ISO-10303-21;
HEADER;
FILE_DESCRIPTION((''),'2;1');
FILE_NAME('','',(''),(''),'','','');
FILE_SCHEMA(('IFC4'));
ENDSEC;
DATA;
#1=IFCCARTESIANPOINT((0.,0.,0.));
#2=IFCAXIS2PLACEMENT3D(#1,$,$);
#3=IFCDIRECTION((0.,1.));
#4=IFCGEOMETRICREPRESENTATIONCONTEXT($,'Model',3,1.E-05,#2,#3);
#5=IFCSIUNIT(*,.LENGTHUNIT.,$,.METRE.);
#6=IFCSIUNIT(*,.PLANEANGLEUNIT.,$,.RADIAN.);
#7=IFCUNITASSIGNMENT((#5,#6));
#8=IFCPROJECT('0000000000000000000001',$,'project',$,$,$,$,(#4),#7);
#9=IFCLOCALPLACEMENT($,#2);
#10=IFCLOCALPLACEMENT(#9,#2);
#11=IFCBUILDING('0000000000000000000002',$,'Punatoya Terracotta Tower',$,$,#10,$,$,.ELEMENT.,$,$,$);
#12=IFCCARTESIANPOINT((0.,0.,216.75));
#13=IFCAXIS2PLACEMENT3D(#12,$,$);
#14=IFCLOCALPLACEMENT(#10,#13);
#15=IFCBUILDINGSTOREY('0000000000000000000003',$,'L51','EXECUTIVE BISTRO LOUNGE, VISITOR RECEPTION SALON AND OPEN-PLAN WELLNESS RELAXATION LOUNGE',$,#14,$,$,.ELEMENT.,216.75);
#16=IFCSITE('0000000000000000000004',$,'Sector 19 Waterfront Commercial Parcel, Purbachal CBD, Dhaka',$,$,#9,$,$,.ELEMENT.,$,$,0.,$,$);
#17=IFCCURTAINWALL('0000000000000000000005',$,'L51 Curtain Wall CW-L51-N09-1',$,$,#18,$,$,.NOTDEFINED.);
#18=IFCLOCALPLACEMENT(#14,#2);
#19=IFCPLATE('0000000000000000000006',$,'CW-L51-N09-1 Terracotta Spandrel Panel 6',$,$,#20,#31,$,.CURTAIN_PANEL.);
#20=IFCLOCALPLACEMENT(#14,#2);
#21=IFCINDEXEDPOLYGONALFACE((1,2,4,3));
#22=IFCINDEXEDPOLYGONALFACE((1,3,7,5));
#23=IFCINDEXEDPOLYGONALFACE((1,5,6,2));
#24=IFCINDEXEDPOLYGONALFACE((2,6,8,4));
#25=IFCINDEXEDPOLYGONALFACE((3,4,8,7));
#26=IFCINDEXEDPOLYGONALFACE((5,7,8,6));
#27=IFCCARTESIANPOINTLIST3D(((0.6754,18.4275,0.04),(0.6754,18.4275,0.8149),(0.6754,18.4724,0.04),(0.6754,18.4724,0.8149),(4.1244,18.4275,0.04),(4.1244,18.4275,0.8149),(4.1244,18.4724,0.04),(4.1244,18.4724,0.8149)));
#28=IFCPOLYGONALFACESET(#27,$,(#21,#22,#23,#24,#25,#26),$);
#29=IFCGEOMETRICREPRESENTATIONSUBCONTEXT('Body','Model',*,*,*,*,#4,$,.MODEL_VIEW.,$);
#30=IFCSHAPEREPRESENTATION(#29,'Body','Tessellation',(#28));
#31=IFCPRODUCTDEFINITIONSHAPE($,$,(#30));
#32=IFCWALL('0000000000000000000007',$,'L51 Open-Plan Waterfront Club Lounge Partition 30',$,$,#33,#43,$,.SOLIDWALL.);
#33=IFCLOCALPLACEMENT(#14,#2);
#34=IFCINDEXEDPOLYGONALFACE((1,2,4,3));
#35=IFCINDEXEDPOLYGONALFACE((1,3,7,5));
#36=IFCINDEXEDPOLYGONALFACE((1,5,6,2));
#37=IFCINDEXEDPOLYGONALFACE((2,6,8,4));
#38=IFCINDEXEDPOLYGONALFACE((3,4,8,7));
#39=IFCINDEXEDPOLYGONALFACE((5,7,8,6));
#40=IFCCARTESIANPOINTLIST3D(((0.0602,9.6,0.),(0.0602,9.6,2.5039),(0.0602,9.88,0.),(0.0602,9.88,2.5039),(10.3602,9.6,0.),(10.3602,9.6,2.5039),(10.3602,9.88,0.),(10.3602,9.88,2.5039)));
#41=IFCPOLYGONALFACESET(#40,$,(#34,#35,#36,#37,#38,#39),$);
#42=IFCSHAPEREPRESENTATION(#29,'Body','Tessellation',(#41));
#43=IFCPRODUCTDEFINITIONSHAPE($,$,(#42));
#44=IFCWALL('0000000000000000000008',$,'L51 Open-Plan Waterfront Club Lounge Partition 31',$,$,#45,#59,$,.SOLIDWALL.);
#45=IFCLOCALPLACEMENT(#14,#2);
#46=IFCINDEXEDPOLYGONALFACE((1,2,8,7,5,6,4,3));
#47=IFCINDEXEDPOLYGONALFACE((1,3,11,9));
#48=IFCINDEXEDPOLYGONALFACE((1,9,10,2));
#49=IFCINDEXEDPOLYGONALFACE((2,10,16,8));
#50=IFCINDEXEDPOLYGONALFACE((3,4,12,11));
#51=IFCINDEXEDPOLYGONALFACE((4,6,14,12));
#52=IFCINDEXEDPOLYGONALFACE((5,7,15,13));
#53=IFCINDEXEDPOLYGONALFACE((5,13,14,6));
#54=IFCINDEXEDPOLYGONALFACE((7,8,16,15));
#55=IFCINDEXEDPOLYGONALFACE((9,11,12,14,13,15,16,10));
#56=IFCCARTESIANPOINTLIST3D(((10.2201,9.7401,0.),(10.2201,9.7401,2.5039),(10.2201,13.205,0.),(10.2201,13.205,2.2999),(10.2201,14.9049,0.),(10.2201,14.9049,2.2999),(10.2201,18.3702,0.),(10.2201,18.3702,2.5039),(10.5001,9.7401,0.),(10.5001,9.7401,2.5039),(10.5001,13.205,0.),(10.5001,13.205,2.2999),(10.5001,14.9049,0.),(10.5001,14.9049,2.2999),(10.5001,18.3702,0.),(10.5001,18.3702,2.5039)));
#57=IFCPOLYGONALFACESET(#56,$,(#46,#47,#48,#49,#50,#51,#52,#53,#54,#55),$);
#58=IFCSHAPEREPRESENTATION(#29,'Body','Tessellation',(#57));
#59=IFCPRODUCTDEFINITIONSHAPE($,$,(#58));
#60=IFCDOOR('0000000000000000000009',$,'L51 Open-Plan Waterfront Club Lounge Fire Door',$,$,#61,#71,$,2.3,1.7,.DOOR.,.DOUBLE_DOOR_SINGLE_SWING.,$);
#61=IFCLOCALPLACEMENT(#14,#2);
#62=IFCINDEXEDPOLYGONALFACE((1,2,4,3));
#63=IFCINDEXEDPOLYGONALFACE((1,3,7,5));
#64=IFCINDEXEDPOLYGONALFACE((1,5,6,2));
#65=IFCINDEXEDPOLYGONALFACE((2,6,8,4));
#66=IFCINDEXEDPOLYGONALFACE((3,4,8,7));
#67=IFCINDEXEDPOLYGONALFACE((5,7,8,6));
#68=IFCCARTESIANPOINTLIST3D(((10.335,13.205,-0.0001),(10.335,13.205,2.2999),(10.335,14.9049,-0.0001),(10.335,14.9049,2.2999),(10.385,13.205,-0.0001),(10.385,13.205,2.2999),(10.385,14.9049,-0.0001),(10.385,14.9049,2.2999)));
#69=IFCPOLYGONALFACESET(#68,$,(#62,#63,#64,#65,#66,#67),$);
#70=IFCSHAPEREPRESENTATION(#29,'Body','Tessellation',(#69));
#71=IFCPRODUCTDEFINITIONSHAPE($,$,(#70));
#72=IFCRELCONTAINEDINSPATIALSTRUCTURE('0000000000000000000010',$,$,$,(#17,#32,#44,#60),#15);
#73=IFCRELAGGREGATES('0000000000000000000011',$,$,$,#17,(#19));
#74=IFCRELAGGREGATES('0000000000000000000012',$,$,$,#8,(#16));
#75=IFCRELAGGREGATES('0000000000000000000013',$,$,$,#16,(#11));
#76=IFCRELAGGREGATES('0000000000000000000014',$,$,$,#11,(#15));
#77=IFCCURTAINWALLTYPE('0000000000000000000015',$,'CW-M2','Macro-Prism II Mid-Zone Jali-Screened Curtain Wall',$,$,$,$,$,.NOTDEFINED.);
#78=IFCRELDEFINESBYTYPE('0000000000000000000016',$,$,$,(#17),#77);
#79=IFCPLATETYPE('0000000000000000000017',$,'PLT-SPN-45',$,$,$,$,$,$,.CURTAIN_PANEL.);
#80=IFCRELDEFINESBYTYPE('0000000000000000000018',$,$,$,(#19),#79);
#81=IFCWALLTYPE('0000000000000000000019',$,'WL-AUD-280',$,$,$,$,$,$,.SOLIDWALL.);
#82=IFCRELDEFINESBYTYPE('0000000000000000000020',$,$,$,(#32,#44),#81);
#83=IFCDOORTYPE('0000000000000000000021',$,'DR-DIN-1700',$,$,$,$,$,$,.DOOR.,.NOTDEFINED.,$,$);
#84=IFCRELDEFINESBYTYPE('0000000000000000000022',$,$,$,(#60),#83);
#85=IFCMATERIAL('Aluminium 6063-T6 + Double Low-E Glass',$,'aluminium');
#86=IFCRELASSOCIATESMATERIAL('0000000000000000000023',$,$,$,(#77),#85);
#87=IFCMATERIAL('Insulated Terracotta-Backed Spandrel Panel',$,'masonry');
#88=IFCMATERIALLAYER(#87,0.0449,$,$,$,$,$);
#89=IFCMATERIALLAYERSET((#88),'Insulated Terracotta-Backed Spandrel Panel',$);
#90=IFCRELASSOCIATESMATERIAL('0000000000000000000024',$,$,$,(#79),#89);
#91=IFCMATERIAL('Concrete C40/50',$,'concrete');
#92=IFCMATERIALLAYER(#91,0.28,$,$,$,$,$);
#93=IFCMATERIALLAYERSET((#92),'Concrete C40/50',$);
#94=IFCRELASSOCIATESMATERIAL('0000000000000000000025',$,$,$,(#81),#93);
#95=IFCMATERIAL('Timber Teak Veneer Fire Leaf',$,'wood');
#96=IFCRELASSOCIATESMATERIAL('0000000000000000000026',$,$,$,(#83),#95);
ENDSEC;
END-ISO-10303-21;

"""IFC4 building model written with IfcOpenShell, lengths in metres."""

from ifc_helpers import new_model, si_unit, direction, frame, frame_2d, origin, origin_2d, place, context, subcontext, project, spatial, rectangle, extrude, material, layer, layer_set, type_object, element, fill, aggregate, save


model = new_model("IFC4")

# Units and contexts
model_context = context("Model", 3, precision=1e-05, world=origin(), true_north=direction((0.0, 1.0)))
body_context = subcontext(model_context, "Body", "Model", "MODEL_VIEW")
ifc_project = project(units=[si_unit("LENGTHUNIT", "METRE"), si_unit("PLANEANGLEUNIT", "RADIAN")], contexts=[model_context])

# Site, building, storey
site_placement = place(None, origin())
site = spatial("IfcSite", under=ifc_project, at=site_placement, Name="Sector 19 Waterfront Commercial Parcel, Purbachal CBD, Dhaka", CompositionType="ELEMENT", RefElevation=0.0)
building_placement = place(site_placement, origin())
building = spatial("IfcBuilding", under=site, at=building_placement, Name="Punatoya Terracotta Tower", CompositionType="ELEMENT")
storey_placement = place(building_placement, frame((0.0, 0.0, 216.75)))
storey = spatial("IfcBuildingStorey", under=building, at=storey_placement, Name="L51", Description="EXECUTIVE BISTRO LOUNGE, VISITOR RECEPTION SALON AND OPEN-PLAN WELLNESS RELAXATION LOUNGE", CompositionType="ELEMENT", Elevation=216.75)

# Curtain wall, plate
ifc_material_1 = material(Name="Aluminium 6063-T6 + Double Low-E Glass", Category="aluminium")
curtain_wall_type = type_object("IfcCurtainWallType", Name="CW-M2", Description="Macro-Prism II Mid-Zone Jali-Screened Curtain Wall", PredefinedType="NOTDEFINED", material=ifc_material_1)
curtain_wall_placement = place(storey_placement, origin())
curtain_wall = element("IfcCurtainWall", 1, at=curtain_wall_placement, inside=storey, type_object=curtain_wall_type, Name="L51 Curtain Wall CW-L51-N09-1", PredefinedType="NOTDEFINED")
ifc_material_2 = material(Name="Insulated Terracotta-Backed Spandrel Panel", Category="masonry")
ifc_layer_1 = layer(ifc_material_2, 0.0449)
ifc_layer_set_1 = layer_set([ifc_layer_1], Name="Insulated Terracotta-Backed Spandrel Panel")
plate_type_1 = type_object("IfcPlateType", Name="PLT-SPN-45", PredefinedType="CURTAIN_PANEL", material=ifc_layer_set_1)
plate_1_placement = place(storey_placement, frame((2.3999, 18.45, 0.04), z_axis=(0.0, 0.0, 1.0), x_axis=(-1.0, 0.0, 0.0)))
plate_1 = element("IfcPlate", 2, at=plate_1_placement, type_object=plate_type_1, Name="CW-L51-N09-1 Terracotta Spandrel Panel 6", PredefinedType="CURTAIN_PANEL", context=body_context, shape_type="SweptSolid", body=[
    extrude(rectangle(XDim=3.449, YDim=0.0449, at=origin_2d()), origin(), (0.0, 0.0, 1.0), 0.7749),
])
aggregate(curtain_wall, [plate_1])

# Wall
ifc_material_3 = material(Name="Concrete C40/50", Category="concrete")
ifc_layer_2 = layer(ifc_material_3, 0.28)
ifc_layer_set_2 = layer_set([ifc_layer_2], Name="Concrete C40/50")
wall_type = type_object("IfcWallType", Name="WL-AUD-280", PredefinedType="SOLIDWALL", material=ifc_layer_set_2)
wall_1_placement = place(storey_placement, frame((10.3601, 9.74, 0.0), z_axis=(0.0, 0.0, 1.0), x_axis=(-1.0, 0.0, 0.0)))
element("IfcWall", 3, at=wall_1_placement, inside=storey, type_object=wall_type, Name="L51 Open-Plan Waterfront Club Lounge Partition 30", PredefinedType="SOLIDWALL", context=body_context, shape_type="SweptSolid", body=[
    extrude(rectangle(XDim=10.3, YDim=0.28, at=frame_2d((5.1499, 0.0))), origin(), (0.0, 0.0, 1.0), 2.5039),
])

# Wall, opening, door
wall_2_placement = place(storey_placement, frame((10.3601, 18.3701, 0.0), z_axis=(0.0, 0.0, 1.0), x_axis=(0.0, -1.0, 0.0)))
wall_2 = element("IfcWall", 4, at=wall_2_placement, inside=storey, type_object=wall_type, Name="L51 Open-Plan Waterfront Club Lounge Partition 31", PredefinedType="SOLIDWALL", context=body_context, shape_type="SweptSolid", body=[
    extrude(rectangle(XDim=8.6301, YDim=0.28, at=frame_2d((4.3149, 0.0))), origin(), (0.0, 0.0, 1.0), 2.5039),
])
opening_placement = place(wall_2_placement, frame((3.4651, 0.0, 0.0)))
opening = element("IfcOpeningElement", 5, at=opening_placement, cuts=wall_2, PredefinedType="OPENING", context=body_context, shape_type="SweptSolid", body=[
    extrude(rectangle(XDim=1.7, YDim=2.3, at=frame_2d((0.8501, 1.1499))), frame((0.0, 0.1499, 0.0), z_axis=(0.0, -1.0, 0.0), x_axis=(1.0, 0.0, 0.0)), (0.0, 0.0, 1.0), 0.3),
])
ifc_material_4 = material(Name="Timber Teak Veneer Fire Leaf", Category="wood")
door_type = type_object("IfcDoorType", Name="DR-DIN-1700", OperationType="NOTDEFINED", PredefinedType="DOOR", material=ifc_material_4)
door_placement = place(opening_placement, origin())
door = element("IfcDoor", 6, at=door_placement, inside=storey, type_object=door_type, Name="L51 Open-Plan Waterfront Club Lounge Fire Door", OperationType="DOUBLE_DOOR_SINGLE_SWING", OverallHeight=2.3, OverallWidth=1.7, PredefinedType="DOOR", context=body_context, shape_type="SweptSolid", body=[
    extrude(rectangle(XDim=1.7, YDim=2.3, at=frame_2d((0.8501, 1.1499))), frame((0.0, 0.0249, 0.0), z_axis=(0.0, -1.0, 0.0), x_axis=(1.0, 0.0, 0.0)), (0.0, 0.0, 1.0), 0.05),
])
fill(opening, door)

save(model, "model.ifc")
